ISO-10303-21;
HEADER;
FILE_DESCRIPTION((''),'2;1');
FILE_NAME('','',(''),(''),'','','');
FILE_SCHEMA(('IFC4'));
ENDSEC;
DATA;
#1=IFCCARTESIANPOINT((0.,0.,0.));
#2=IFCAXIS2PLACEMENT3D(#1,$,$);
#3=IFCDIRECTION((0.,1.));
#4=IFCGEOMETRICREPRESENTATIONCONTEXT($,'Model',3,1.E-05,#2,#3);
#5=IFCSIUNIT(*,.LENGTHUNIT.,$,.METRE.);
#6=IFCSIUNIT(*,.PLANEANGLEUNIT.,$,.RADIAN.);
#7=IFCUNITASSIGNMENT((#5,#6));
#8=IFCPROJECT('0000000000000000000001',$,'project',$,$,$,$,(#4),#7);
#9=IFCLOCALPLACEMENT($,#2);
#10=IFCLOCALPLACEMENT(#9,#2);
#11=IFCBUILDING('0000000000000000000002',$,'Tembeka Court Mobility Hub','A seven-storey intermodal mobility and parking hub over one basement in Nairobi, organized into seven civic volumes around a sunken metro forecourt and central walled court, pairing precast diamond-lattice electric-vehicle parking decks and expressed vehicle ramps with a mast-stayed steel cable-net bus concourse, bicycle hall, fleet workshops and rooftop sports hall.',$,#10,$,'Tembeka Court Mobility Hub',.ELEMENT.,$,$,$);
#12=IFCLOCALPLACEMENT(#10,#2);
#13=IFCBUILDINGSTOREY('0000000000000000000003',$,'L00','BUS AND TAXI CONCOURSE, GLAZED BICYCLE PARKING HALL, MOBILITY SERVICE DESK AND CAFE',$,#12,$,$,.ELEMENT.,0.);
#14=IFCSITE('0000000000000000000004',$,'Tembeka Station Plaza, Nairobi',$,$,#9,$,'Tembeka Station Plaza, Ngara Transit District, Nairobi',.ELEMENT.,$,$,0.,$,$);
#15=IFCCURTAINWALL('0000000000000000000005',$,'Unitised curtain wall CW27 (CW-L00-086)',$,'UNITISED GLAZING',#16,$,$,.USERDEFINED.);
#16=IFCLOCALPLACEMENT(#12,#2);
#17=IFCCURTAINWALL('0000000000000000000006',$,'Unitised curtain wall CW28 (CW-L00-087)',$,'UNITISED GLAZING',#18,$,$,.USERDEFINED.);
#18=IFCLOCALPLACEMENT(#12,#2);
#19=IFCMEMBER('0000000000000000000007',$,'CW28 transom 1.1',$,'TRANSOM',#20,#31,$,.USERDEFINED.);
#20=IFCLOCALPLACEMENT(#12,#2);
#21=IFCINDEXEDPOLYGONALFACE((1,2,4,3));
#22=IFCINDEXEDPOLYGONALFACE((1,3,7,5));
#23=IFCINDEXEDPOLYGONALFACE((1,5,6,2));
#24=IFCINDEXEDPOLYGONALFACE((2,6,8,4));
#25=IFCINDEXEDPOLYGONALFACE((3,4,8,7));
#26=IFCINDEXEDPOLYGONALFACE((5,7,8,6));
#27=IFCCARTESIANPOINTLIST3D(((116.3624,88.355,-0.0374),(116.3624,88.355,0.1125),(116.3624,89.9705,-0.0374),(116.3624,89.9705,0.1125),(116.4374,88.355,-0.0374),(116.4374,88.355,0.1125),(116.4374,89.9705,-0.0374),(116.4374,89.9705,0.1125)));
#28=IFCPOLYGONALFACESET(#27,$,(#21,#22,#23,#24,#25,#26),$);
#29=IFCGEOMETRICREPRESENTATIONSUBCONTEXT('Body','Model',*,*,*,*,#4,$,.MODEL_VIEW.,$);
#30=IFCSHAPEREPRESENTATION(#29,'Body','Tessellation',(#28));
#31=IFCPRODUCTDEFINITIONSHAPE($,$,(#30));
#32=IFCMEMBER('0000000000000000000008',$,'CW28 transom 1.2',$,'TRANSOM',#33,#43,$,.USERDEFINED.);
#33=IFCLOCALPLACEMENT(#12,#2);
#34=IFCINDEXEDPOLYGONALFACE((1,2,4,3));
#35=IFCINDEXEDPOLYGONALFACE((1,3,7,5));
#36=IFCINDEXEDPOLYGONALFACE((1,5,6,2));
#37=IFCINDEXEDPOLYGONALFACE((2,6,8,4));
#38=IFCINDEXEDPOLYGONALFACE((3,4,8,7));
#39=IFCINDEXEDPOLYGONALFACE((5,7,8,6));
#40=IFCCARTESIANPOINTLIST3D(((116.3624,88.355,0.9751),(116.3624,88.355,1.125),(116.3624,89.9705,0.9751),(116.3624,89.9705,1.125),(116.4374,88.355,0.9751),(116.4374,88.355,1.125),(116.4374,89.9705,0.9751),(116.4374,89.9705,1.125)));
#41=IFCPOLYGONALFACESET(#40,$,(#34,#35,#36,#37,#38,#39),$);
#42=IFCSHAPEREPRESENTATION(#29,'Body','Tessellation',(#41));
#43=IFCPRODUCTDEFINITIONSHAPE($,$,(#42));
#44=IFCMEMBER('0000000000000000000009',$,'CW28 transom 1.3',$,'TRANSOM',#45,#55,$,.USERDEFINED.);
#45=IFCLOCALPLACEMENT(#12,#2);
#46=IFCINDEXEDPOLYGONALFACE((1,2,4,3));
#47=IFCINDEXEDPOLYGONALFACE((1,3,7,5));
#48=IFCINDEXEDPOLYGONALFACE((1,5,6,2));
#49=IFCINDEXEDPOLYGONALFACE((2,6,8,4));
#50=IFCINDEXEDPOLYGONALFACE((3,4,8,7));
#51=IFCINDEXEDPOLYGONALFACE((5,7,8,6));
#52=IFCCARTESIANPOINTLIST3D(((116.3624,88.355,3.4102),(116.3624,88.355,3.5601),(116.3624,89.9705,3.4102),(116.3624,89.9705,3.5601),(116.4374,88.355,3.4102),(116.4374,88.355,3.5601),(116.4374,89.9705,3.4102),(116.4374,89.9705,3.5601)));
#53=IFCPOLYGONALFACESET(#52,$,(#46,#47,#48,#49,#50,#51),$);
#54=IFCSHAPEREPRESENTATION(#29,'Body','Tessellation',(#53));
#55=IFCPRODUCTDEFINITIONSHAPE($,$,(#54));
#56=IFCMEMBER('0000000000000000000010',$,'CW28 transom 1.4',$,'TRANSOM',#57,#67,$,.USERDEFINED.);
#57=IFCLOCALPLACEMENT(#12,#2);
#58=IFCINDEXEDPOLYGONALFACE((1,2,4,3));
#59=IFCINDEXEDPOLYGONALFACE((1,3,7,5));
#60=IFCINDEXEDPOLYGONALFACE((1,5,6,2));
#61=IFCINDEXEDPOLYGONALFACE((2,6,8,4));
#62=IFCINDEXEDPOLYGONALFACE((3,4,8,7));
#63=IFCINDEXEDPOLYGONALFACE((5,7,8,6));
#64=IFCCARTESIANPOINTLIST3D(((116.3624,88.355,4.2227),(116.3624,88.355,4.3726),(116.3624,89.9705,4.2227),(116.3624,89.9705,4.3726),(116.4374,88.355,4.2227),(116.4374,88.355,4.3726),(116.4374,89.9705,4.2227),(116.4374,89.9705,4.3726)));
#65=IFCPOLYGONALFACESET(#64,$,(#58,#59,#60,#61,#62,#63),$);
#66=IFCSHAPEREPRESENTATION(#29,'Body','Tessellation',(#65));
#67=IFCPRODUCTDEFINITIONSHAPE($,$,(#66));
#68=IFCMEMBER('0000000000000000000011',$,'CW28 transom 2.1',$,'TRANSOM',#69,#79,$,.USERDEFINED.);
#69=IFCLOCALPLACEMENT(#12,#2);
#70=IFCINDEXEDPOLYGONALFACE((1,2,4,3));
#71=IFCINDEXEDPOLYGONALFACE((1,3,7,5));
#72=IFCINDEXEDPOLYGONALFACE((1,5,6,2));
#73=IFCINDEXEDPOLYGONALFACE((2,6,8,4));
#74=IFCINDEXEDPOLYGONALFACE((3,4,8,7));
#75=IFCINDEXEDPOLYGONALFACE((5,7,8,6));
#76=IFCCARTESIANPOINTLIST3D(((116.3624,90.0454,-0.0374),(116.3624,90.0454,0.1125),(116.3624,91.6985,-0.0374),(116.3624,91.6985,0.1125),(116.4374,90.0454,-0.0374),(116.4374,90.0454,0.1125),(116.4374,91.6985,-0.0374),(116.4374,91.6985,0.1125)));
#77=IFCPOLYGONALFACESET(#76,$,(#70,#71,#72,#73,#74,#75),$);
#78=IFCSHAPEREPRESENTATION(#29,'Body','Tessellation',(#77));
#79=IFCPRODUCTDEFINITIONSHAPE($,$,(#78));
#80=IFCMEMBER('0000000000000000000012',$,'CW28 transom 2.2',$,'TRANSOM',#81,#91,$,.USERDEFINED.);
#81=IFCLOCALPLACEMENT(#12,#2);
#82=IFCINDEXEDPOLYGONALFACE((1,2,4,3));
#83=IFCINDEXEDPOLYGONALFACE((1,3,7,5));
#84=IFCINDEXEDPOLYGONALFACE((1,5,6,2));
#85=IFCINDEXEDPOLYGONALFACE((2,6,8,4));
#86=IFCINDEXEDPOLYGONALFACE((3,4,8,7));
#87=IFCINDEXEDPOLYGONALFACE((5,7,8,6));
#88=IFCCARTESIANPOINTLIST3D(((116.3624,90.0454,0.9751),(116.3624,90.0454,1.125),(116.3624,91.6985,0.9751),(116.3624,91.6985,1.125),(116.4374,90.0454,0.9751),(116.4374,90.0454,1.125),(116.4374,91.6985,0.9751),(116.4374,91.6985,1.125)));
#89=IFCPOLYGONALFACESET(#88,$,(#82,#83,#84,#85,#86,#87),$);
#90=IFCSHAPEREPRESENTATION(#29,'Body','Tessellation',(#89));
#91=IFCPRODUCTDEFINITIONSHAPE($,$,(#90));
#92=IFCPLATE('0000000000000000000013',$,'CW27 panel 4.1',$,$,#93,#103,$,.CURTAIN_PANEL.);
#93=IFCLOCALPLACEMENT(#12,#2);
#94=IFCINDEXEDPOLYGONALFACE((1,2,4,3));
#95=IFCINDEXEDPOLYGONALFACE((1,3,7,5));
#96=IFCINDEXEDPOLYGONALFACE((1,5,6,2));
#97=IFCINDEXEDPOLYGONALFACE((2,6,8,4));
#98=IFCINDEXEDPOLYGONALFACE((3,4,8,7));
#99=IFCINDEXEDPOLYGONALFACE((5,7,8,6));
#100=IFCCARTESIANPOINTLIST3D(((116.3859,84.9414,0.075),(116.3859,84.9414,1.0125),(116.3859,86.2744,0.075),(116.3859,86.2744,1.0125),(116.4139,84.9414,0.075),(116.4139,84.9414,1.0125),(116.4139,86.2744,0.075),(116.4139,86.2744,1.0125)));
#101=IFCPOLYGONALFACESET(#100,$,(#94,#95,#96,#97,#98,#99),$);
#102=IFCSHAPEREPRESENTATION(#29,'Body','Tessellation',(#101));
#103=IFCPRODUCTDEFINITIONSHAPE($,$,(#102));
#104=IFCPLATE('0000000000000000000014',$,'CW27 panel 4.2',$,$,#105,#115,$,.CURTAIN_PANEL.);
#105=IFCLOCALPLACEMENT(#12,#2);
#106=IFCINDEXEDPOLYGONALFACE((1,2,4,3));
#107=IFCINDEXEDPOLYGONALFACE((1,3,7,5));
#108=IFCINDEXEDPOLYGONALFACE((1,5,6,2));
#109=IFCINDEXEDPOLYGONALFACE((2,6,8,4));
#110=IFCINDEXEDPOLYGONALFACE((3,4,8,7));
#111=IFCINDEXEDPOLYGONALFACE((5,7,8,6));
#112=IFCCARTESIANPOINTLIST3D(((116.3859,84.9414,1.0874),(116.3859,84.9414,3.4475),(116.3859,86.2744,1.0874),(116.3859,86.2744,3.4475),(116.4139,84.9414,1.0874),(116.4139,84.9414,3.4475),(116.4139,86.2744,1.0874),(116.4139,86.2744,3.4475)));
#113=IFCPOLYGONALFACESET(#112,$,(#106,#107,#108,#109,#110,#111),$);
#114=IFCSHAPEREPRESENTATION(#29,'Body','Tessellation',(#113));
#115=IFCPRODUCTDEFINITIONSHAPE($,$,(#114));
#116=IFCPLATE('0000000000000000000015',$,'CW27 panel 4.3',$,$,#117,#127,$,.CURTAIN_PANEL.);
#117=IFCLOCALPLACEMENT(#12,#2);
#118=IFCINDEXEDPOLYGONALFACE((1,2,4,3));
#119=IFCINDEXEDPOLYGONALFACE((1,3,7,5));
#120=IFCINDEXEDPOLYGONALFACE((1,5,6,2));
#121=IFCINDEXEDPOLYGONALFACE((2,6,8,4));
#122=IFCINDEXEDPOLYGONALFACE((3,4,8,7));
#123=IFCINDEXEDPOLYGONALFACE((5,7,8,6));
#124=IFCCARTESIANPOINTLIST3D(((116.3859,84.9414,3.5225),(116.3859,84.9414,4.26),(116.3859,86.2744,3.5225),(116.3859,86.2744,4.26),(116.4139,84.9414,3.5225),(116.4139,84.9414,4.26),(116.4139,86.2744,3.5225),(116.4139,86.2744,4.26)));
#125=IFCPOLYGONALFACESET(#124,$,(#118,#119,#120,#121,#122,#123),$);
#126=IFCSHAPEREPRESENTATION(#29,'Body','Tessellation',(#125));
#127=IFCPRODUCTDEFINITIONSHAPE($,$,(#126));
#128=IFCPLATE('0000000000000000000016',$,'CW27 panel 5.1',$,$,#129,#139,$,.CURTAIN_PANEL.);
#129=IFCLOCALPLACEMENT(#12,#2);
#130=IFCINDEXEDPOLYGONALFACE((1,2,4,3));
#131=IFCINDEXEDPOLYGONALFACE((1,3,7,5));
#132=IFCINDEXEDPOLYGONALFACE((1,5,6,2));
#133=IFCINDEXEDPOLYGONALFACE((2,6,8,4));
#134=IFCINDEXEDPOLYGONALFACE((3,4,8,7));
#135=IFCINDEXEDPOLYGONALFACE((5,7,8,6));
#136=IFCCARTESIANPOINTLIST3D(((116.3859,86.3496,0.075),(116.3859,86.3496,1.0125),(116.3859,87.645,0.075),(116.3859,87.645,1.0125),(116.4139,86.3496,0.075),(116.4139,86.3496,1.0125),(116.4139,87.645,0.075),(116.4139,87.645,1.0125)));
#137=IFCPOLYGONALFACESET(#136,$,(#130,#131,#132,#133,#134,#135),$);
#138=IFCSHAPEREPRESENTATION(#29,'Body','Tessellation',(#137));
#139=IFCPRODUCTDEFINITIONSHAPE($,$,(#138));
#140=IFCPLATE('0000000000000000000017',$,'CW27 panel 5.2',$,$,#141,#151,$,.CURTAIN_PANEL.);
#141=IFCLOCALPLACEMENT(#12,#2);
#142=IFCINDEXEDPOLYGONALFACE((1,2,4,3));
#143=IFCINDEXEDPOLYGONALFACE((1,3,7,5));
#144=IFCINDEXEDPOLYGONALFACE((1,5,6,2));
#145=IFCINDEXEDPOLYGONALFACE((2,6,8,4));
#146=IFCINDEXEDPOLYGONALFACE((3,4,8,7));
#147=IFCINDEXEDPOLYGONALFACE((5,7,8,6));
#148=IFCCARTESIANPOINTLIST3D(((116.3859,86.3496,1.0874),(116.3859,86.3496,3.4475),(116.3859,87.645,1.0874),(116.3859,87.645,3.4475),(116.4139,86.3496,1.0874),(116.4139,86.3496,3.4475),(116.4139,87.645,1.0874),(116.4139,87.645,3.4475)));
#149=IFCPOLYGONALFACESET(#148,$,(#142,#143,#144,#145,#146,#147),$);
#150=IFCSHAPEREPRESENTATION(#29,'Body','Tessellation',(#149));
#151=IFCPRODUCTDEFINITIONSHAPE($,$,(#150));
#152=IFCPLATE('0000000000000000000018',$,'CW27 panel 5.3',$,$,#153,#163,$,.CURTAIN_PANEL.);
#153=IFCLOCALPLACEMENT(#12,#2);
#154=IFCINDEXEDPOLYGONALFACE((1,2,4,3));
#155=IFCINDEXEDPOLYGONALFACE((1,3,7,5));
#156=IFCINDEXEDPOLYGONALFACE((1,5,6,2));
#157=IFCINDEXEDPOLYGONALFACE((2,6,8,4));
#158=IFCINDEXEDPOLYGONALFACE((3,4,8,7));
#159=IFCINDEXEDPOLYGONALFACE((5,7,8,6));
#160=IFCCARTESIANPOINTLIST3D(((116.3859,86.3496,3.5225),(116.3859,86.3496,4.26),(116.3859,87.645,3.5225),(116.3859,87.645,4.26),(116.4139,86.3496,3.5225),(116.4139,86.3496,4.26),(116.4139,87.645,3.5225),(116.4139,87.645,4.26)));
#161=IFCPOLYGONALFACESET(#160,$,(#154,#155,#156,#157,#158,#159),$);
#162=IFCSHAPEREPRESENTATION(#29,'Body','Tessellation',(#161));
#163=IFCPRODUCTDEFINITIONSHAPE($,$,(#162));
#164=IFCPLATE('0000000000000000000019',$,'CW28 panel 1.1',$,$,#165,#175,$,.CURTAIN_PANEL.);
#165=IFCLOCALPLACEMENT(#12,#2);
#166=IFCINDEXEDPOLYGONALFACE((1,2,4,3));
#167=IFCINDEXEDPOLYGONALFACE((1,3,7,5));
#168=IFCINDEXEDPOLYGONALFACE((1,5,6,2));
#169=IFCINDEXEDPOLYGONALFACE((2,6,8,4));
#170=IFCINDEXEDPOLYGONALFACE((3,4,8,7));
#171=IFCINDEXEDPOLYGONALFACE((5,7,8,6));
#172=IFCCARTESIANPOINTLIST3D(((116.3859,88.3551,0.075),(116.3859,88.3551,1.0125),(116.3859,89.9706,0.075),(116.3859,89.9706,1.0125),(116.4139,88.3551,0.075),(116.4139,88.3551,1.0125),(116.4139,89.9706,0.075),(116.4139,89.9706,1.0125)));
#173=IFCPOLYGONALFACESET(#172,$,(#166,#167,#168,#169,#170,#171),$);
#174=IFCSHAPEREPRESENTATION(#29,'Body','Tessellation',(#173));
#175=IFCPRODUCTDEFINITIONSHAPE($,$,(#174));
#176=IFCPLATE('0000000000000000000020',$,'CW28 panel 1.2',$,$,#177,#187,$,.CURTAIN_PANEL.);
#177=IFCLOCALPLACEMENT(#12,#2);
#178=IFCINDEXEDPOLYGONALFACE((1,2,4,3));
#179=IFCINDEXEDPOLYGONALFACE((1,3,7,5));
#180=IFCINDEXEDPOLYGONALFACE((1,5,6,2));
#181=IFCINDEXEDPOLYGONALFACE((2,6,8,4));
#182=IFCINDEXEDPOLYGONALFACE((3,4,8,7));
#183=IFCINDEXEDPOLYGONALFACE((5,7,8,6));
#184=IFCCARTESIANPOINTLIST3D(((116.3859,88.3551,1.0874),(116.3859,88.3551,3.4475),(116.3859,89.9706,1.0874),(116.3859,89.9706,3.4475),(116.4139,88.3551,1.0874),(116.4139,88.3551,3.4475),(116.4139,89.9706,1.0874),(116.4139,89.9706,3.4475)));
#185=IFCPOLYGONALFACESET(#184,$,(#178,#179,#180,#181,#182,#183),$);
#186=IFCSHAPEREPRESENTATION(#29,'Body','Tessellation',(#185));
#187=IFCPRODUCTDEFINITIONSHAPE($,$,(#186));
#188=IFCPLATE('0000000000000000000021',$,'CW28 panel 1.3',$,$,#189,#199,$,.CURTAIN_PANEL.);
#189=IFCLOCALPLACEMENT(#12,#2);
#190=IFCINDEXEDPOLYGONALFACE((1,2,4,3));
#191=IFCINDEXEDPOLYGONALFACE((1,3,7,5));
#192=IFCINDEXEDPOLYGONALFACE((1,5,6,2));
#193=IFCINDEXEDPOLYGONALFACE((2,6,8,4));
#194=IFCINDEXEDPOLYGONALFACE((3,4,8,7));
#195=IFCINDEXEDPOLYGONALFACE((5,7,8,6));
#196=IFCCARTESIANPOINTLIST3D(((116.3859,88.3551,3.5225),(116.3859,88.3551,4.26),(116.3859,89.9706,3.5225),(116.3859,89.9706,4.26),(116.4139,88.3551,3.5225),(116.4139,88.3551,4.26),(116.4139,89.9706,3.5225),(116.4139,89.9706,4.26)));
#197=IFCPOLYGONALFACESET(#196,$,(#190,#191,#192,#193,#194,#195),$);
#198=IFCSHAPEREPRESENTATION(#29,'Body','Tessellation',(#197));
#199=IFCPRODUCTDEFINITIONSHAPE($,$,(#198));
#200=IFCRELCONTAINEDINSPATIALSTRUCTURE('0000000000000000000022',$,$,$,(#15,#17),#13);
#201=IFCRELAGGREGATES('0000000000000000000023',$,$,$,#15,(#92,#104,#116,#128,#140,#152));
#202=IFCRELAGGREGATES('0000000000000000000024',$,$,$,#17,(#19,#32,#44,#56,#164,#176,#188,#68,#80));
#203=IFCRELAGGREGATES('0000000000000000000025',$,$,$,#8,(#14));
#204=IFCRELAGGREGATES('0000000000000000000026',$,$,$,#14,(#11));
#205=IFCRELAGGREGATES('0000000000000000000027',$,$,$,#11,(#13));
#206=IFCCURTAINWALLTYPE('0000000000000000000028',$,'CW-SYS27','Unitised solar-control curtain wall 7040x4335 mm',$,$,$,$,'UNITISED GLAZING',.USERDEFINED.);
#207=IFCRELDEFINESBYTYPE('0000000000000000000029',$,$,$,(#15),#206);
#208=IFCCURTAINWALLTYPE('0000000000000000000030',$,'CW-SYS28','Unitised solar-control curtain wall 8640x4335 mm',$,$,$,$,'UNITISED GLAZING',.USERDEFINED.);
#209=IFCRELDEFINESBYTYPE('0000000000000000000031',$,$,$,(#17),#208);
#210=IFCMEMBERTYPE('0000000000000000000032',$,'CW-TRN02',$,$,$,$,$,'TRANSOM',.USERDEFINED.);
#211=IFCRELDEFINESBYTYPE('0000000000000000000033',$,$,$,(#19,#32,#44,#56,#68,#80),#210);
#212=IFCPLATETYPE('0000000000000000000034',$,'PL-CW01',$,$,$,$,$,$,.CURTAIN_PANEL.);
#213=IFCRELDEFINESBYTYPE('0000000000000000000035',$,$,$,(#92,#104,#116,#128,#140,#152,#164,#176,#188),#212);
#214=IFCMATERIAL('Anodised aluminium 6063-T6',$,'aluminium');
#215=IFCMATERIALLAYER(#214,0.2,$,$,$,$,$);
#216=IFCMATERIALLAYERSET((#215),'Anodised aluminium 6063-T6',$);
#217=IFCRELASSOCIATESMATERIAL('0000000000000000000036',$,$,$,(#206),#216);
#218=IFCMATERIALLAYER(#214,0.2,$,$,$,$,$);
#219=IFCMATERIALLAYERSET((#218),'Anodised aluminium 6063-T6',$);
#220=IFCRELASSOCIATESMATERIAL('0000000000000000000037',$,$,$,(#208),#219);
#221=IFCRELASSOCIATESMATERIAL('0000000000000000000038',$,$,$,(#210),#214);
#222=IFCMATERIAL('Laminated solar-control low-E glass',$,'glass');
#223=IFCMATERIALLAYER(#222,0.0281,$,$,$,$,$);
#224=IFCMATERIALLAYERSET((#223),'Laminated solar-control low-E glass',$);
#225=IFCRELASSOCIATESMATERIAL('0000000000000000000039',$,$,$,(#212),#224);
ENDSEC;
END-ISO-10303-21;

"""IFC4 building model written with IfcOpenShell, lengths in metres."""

from ifc_helpers import new_model, si_unit, direction, frame, origin, origin_2d, place, context, subcontext, project, spatial, rectangle, extrude, material, layer, layer_set, material_profile, profile_set, type_object, element, aggregate, save


model = new_model("IFC4")

# Units and contexts
model_context = context("Model", 3, precision=1e-05, world=origin(), true_north=direction((0.0, 1.0)))
body_context = subcontext(model_context, "Body", "Model", "MODEL_VIEW")
ifc_project = project(units=[si_unit("LENGTHUNIT", "METRE"), si_unit("PLANEANGLEUNIT", "RADIAN")], contexts=[model_context])

# Site, building, storey
site_placement = place(None, origin())
site = spatial("IfcSite", under=ifc_project, at=site_placement, Name="Tembeka Station Plaza, Nairobi", LongName="Tembeka Station Plaza, Ngara Transit District, Nairobi", CompositionType="ELEMENT", RefElevation=0.0)
building_placement = place(site_placement, origin())
building = spatial("IfcBuilding", under=site, at=building_placement, Name="Tembeka Court Mobility Hub", Description="A seven-storey intermodal mobility and parking hub over one basement in Nairobi, organized into seven civic volumes around a sunken metro forecourt and central walled court, pairing precast diamond-lattice electric-vehicle parking decks and expressed vehicle ramps with a mast-stayed steel cable-net bus concourse, bicycle hall, fleet workshops and rooftop sports hall.", LongName="Tembeka Court Mobility Hub", CompositionType="ELEMENT")
storey_placement = place(building_placement, origin())
storey = spatial("IfcBuildingStorey", under=building, at=storey_placement, Name="L00", Description="BUS AND TAXI CONCOURSE, GLAZED BICYCLE PARKING HALL, MOBILITY SERVICE DESK AND CAFE", CompositionType="ELEMENT", Elevation=0.0)

# Curtain walls
ifc_material_1 = material(Name="Anodised aluminium 6063-T6", Category="aluminium")
ifc_layer_1 = layer(ifc_material_1, 0.2)
ifc_layer_set_1 = layer_set([ifc_layer_1], Name="Anodised aluminium 6063-T6")
curtain_wall_type_1 = type_object("IfcCurtainWallType", Name="CW-SYS27", Description="Unitised solar-control curtain wall 7040x4335 mm", ElementType="UNITISED GLAZING", PredefinedType="USERDEFINED", material=ifc_layer_set_1)
curtain_wall_1_placement = place(storey_placement, origin())
curtain_wall_1 = element("IfcCurtainWall", 1, at=curtain_wall_1_placement, inside=storey, type_object=curtain_wall_type_1, Name="Unitised curtain wall CW27 (CW-L00-086)", ObjectType="UNITISED GLAZING", PredefinedType="USERDEFINED")
ifc_layer_2 = layer(ifc_material_1, 0.2)
ifc_layer_set_2 = layer_set([ifc_layer_2], Name="Anodised aluminium 6063-T6")
curtain_wall_type_2 = type_object("IfcCurtainWallType", Name="CW-SYS28", Description="Unitised solar-control curtain wall 8640x4335 mm", ElementType="UNITISED GLAZING", PredefinedType="USERDEFINED", material=ifc_layer_set_2)
curtain_wall_2_placement = place(storey_placement, origin())
curtain_wall_2 = element("IfcCurtainWall", 2, at=curtain_wall_2_placement, inside=storey, type_object=curtain_wall_type_2, Name="Unitised curtain wall CW28 (CW-L00-087)", ObjectType="UNITISED GLAZING", PredefinedType="USERDEFINED")

# Members
ifc_material_profile_1 = material_profile(ifc_material_1, rectangle(XDim=0.075, YDim=0.1499, at=origin_2d()), Name="ALU-TRN 75x150")
ifc_profile_set_1 = profile_set([ifc_material_profile_1], Name="Anodised aluminium 6063-T6")
member_type_1 = type_object("IfcMemberType", Name="CW-TRN02", ElementType="TRANSOM", PredefinedType="USERDEFINED", material=ifc_profile_set_1)
member_1_placement = place(storey_placement, frame((116.3999, 88.355, 0.0376), z_axis=(0.0, 1.0, 0.0), x_axis=(-1.0, 0.0, 0.0)))
member_1 = element("IfcMember", 3, at=member_1_placement, type_object=member_type_1, Name="CW28 transom 1.1", ObjectType="TRANSOM", PredefinedType="USERDEFINED", context=body_context, shape_type="SweptSolid", body=[
    extrude(rectangle(XDim=0.075, YDim=0.1499, at=origin_2d()), origin(), (0.0, 0.0, 1.0), 1.6155),
])
member_2_placement = place(storey_placement, frame((116.3999, 88.355, 1.05), z_axis=(0.0, 1.0, 0.0), x_axis=(-1.0, 0.0, 0.0)))
member_2 = element("IfcMember", 4, at=member_2_placement, type_object=member_type_1, Name="CW28 transom 1.2", ObjectType="TRANSOM", PredefinedType="USERDEFINED", context=body_context, shape_type="SweptSolid", body=[
    extrude(rectangle(XDim=0.075, YDim=0.1499, at=origin_2d()), origin(), (0.0, 0.0, 1.0), 1.6155),
])
member_3_placement = place(storey_placement, frame((116.3999, 88.355, 3.4851), z_axis=(0.0, 1.0, 0.0), x_axis=(-1.0, 0.0, 0.0)))
member_3 = element("IfcMember", 5, at=member_3_placement, type_object=member_type_1, Name="CW28 transom 1.3", ObjectType="TRANSOM", PredefinedType="USERDEFINED", context=body_context, shape_type="SweptSolid", body=[
    extrude(rectangle(XDim=0.075, YDim=0.1499, at=origin_2d()), origin(), (0.0, 0.0, 1.0), 1.6155),
])
member_4_placement = place(storey_placement, frame((116.3999, 88.355, 4.2976), z_axis=(0.0, 1.0, 0.0), x_axis=(-1.0, 0.0, 0.0)))
member_4 = element("IfcMember", 6, at=member_4_placement, type_object=member_type_1, Name="CW28 transom 1.4", ObjectType="TRANSOM", PredefinedType="USERDEFINED", context=body_context, shape_type="SweptSolid", body=[
    extrude(rectangle(XDim=0.075, YDim=0.1499, at=origin_2d()), origin(), (0.0, 0.0, 1.0), 1.6155),
])
member_5_placement = place(storey_placement, frame((116.3999, 90.0454, 0.0376), z_axis=(0.0, 1.0, 0.0), x_axis=(-1.0, 0.0, 0.0)))
member_5 = element("IfcMember", 7, at=member_5_placement, type_object=member_type_1, Name="CW28 transom 2.1", ObjectType="TRANSOM", PredefinedType="USERDEFINED", context=body_context, shape_type="SweptSolid", body=[
    extrude(rectangle(XDim=0.075, YDim=0.1499, at=origin_2d()), origin(), (0.0, 0.0, 1.0), 1.6531),
])
member_6_placement = place(storey_placement, frame((116.3999, 90.0454, 1.05), z_axis=(0.0, 1.0, 0.0), x_axis=(-1.0, 0.0, 0.0)))
member_6 = element("IfcMember", 8, at=member_6_placement, type_object=member_type_1, Name="CW28 transom 2.2", ObjectType="TRANSOM", PredefinedType="USERDEFINED", context=body_context, shape_type="SweptSolid", body=[
    extrude(rectangle(XDim=0.075, YDim=0.1499, at=origin_2d()), origin(), (0.0, 0.0, 1.0), 1.6531),
])

# Plates
ifc_material_2 = material(Name="Laminated solar-control low-E glass", Category="glass")
ifc_layer_3 = layer(ifc_material_2, 0.0281)
ifc_layer_set_3 = layer_set([ifc_layer_3], Name="Laminated solar-control low-E glass")
plate_type = type_object("IfcPlateType", Name="PL-CW01", PredefinedType="CURTAIN_PANEL", material=ifc_layer_set_3)
plate_1_placement = place(storey_placement, frame((116.3999, 85.6079, 0.075), z_axis=(0.0, 0.0, 1.0), x_axis=(0.0, 1.0, 0.0)))
plate_1 = element("IfcPlate", 9, at=plate_1_placement, type_object=plate_type, Name="CW27 panel 4.1", PredefinedType="CURTAIN_PANEL", context=body_context, shape_type="SweptSolid", body=[
    extrude(rectangle(XDim=1.333, YDim=0.0281, at=origin_2d()), origin(), (0.0, 0.0, 1.0), 0.9375),
])
plate_2_placement = place(storey_placement, frame((116.3999, 85.6079, 1.0874), z_axis=(0.0, 0.0, 1.0), x_axis=(0.0, 1.0, 0.0)))
plate_2 = element("IfcPlate", 10, at=plate_2_placement, type_object=plate_type, Name="CW27 panel 4.2", PredefinedType="CURTAIN_PANEL", context=body_context, shape_type="SweptSolid", body=[
    extrude(rectangle(XDim=1.333, YDim=0.0281, at=origin_2d()), origin(), (0.0, 0.0, 1.0), 2.3601),
])
plate_3_placement = place(storey_placement, frame((116.3999, 85.6079, 3.5225), z_axis=(0.0, 0.0, 1.0), x_axis=(0.0, 1.0, 0.0)))
plate_3 = element("IfcPlate", 11, at=plate_3_placement, type_object=plate_type, Name="CW27 panel 4.3", PredefinedType="CURTAIN_PANEL", context=body_context, shape_type="SweptSolid", body=[
    extrude(rectangle(XDim=1.333, YDim=0.0281, at=origin_2d()), origin(), (0.0, 0.0, 1.0), 0.7375),
])
plate_4_placement = place(storey_placement, frame((116.3999, 86.9973, 0.075), z_axis=(0.0, 0.0, 1.0), x_axis=(0.0, 1.0, 0.0)))
plate_4 = element("IfcPlate", 12, at=plate_4_placement, type_object=plate_type, Name="CW27 panel 5.1", PredefinedType="CURTAIN_PANEL", context=body_context, shape_type="SweptSolid", body=[
    extrude(rectangle(XDim=1.2954, YDim=0.0281, at=origin_2d()), origin(), (0.0, 0.0, 1.0), 0.9375),
])
plate_5_placement = place(storey_placement, frame((116.3999, 86.9973, 1.0874), z_axis=(0.0, 0.0, 1.0), x_axis=(0.0, 1.0, 0.0)))
plate_5 = element("IfcPlate", 13, at=plate_5_placement, type_object=plate_type, Name="CW27 panel 5.2", PredefinedType="CURTAIN_PANEL", context=body_context, shape_type="SweptSolid", body=[
    extrude(rectangle(XDim=1.2954, YDim=0.0281, at=origin_2d()), origin(), (0.0, 0.0, 1.0), 2.3601),
])
plate_6_placement = place(storey_placement, frame((116.3999, 86.9973, 3.5225), z_axis=(0.0, 0.0, 1.0), x_axis=(0.0, 1.0, 0.0)))
plate_6 = element("IfcPlate", 14, at=plate_6_placement, type_object=plate_type, Name="CW27 panel 5.3", PredefinedType="CURTAIN_PANEL", context=body_context, shape_type="SweptSolid", body=[
    extrude(rectangle(XDim=1.2954, YDim=0.0281, at=origin_2d()), origin(), (0.0, 0.0, 1.0), 0.7375),
])
aggregate(curtain_wall_1, [plate_1, plate_2, plate_3, plate_4, plate_5, plate_6])
plate_7_placement = place(storey_placement, frame((116.3999, 89.1628, 0.075), z_axis=(0.0, 0.0, 1.0), x_axis=(0.0, 1.0, 0.0)))
plate_7 = element("IfcPlate", 15, at=plate_7_placement, type_object=plate_type, Name="CW28 panel 1.1", PredefinedType="CURTAIN_PANEL", context=body_context, shape_type="SweptSolid", body=[
    extrude(rectangle(XDim=1.6155, YDim=0.0281, at=origin_2d()), origin(), (0.0, 0.0, 1.0), 0.9375),
])
plate_8_placement = place(storey_placement, frame((116.3999, 89.1628, 1.0874), z_axis=(0.0, 0.0, 1.0), x_axis=(0.0, 1.0, 0.0)))
plate_8 = element("IfcPlate", 16, at=plate_8_placement, type_object=plate_type, Name="CW28 panel 1.2", PredefinedType="CURTAIN_PANEL", context=body_context, shape_type="SweptSolid", body=[
    extrude(rectangle(XDim=1.6155, YDim=0.0281, at=origin_2d()), origin(), (0.0, 0.0, 1.0), 2.3601),
])
plate_9_placement = place(storey_placement, frame((116.3999, 89.1628, 3.5225), z_axis=(0.0, 0.0, 1.0), x_axis=(0.0, 1.0, 0.0)))
plate_9 = element("IfcPlate", 17, at=plate_9_placement, type_object=plate_type, Name="CW28 panel 1.3", PredefinedType="CURTAIN_PANEL", context=body_context, shape_type="SweptSolid", body=[
    extrude(rectangle(XDim=1.6155, YDim=0.0281, at=origin_2d()), origin(), (0.0, 0.0, 1.0), 0.7375),
])
aggregate(curtain_wall_2, [member_1, member_2, member_3, member_4, plate_7, plate_8, plate_9, member_5, member_6])

save(model, "model.ifc")
